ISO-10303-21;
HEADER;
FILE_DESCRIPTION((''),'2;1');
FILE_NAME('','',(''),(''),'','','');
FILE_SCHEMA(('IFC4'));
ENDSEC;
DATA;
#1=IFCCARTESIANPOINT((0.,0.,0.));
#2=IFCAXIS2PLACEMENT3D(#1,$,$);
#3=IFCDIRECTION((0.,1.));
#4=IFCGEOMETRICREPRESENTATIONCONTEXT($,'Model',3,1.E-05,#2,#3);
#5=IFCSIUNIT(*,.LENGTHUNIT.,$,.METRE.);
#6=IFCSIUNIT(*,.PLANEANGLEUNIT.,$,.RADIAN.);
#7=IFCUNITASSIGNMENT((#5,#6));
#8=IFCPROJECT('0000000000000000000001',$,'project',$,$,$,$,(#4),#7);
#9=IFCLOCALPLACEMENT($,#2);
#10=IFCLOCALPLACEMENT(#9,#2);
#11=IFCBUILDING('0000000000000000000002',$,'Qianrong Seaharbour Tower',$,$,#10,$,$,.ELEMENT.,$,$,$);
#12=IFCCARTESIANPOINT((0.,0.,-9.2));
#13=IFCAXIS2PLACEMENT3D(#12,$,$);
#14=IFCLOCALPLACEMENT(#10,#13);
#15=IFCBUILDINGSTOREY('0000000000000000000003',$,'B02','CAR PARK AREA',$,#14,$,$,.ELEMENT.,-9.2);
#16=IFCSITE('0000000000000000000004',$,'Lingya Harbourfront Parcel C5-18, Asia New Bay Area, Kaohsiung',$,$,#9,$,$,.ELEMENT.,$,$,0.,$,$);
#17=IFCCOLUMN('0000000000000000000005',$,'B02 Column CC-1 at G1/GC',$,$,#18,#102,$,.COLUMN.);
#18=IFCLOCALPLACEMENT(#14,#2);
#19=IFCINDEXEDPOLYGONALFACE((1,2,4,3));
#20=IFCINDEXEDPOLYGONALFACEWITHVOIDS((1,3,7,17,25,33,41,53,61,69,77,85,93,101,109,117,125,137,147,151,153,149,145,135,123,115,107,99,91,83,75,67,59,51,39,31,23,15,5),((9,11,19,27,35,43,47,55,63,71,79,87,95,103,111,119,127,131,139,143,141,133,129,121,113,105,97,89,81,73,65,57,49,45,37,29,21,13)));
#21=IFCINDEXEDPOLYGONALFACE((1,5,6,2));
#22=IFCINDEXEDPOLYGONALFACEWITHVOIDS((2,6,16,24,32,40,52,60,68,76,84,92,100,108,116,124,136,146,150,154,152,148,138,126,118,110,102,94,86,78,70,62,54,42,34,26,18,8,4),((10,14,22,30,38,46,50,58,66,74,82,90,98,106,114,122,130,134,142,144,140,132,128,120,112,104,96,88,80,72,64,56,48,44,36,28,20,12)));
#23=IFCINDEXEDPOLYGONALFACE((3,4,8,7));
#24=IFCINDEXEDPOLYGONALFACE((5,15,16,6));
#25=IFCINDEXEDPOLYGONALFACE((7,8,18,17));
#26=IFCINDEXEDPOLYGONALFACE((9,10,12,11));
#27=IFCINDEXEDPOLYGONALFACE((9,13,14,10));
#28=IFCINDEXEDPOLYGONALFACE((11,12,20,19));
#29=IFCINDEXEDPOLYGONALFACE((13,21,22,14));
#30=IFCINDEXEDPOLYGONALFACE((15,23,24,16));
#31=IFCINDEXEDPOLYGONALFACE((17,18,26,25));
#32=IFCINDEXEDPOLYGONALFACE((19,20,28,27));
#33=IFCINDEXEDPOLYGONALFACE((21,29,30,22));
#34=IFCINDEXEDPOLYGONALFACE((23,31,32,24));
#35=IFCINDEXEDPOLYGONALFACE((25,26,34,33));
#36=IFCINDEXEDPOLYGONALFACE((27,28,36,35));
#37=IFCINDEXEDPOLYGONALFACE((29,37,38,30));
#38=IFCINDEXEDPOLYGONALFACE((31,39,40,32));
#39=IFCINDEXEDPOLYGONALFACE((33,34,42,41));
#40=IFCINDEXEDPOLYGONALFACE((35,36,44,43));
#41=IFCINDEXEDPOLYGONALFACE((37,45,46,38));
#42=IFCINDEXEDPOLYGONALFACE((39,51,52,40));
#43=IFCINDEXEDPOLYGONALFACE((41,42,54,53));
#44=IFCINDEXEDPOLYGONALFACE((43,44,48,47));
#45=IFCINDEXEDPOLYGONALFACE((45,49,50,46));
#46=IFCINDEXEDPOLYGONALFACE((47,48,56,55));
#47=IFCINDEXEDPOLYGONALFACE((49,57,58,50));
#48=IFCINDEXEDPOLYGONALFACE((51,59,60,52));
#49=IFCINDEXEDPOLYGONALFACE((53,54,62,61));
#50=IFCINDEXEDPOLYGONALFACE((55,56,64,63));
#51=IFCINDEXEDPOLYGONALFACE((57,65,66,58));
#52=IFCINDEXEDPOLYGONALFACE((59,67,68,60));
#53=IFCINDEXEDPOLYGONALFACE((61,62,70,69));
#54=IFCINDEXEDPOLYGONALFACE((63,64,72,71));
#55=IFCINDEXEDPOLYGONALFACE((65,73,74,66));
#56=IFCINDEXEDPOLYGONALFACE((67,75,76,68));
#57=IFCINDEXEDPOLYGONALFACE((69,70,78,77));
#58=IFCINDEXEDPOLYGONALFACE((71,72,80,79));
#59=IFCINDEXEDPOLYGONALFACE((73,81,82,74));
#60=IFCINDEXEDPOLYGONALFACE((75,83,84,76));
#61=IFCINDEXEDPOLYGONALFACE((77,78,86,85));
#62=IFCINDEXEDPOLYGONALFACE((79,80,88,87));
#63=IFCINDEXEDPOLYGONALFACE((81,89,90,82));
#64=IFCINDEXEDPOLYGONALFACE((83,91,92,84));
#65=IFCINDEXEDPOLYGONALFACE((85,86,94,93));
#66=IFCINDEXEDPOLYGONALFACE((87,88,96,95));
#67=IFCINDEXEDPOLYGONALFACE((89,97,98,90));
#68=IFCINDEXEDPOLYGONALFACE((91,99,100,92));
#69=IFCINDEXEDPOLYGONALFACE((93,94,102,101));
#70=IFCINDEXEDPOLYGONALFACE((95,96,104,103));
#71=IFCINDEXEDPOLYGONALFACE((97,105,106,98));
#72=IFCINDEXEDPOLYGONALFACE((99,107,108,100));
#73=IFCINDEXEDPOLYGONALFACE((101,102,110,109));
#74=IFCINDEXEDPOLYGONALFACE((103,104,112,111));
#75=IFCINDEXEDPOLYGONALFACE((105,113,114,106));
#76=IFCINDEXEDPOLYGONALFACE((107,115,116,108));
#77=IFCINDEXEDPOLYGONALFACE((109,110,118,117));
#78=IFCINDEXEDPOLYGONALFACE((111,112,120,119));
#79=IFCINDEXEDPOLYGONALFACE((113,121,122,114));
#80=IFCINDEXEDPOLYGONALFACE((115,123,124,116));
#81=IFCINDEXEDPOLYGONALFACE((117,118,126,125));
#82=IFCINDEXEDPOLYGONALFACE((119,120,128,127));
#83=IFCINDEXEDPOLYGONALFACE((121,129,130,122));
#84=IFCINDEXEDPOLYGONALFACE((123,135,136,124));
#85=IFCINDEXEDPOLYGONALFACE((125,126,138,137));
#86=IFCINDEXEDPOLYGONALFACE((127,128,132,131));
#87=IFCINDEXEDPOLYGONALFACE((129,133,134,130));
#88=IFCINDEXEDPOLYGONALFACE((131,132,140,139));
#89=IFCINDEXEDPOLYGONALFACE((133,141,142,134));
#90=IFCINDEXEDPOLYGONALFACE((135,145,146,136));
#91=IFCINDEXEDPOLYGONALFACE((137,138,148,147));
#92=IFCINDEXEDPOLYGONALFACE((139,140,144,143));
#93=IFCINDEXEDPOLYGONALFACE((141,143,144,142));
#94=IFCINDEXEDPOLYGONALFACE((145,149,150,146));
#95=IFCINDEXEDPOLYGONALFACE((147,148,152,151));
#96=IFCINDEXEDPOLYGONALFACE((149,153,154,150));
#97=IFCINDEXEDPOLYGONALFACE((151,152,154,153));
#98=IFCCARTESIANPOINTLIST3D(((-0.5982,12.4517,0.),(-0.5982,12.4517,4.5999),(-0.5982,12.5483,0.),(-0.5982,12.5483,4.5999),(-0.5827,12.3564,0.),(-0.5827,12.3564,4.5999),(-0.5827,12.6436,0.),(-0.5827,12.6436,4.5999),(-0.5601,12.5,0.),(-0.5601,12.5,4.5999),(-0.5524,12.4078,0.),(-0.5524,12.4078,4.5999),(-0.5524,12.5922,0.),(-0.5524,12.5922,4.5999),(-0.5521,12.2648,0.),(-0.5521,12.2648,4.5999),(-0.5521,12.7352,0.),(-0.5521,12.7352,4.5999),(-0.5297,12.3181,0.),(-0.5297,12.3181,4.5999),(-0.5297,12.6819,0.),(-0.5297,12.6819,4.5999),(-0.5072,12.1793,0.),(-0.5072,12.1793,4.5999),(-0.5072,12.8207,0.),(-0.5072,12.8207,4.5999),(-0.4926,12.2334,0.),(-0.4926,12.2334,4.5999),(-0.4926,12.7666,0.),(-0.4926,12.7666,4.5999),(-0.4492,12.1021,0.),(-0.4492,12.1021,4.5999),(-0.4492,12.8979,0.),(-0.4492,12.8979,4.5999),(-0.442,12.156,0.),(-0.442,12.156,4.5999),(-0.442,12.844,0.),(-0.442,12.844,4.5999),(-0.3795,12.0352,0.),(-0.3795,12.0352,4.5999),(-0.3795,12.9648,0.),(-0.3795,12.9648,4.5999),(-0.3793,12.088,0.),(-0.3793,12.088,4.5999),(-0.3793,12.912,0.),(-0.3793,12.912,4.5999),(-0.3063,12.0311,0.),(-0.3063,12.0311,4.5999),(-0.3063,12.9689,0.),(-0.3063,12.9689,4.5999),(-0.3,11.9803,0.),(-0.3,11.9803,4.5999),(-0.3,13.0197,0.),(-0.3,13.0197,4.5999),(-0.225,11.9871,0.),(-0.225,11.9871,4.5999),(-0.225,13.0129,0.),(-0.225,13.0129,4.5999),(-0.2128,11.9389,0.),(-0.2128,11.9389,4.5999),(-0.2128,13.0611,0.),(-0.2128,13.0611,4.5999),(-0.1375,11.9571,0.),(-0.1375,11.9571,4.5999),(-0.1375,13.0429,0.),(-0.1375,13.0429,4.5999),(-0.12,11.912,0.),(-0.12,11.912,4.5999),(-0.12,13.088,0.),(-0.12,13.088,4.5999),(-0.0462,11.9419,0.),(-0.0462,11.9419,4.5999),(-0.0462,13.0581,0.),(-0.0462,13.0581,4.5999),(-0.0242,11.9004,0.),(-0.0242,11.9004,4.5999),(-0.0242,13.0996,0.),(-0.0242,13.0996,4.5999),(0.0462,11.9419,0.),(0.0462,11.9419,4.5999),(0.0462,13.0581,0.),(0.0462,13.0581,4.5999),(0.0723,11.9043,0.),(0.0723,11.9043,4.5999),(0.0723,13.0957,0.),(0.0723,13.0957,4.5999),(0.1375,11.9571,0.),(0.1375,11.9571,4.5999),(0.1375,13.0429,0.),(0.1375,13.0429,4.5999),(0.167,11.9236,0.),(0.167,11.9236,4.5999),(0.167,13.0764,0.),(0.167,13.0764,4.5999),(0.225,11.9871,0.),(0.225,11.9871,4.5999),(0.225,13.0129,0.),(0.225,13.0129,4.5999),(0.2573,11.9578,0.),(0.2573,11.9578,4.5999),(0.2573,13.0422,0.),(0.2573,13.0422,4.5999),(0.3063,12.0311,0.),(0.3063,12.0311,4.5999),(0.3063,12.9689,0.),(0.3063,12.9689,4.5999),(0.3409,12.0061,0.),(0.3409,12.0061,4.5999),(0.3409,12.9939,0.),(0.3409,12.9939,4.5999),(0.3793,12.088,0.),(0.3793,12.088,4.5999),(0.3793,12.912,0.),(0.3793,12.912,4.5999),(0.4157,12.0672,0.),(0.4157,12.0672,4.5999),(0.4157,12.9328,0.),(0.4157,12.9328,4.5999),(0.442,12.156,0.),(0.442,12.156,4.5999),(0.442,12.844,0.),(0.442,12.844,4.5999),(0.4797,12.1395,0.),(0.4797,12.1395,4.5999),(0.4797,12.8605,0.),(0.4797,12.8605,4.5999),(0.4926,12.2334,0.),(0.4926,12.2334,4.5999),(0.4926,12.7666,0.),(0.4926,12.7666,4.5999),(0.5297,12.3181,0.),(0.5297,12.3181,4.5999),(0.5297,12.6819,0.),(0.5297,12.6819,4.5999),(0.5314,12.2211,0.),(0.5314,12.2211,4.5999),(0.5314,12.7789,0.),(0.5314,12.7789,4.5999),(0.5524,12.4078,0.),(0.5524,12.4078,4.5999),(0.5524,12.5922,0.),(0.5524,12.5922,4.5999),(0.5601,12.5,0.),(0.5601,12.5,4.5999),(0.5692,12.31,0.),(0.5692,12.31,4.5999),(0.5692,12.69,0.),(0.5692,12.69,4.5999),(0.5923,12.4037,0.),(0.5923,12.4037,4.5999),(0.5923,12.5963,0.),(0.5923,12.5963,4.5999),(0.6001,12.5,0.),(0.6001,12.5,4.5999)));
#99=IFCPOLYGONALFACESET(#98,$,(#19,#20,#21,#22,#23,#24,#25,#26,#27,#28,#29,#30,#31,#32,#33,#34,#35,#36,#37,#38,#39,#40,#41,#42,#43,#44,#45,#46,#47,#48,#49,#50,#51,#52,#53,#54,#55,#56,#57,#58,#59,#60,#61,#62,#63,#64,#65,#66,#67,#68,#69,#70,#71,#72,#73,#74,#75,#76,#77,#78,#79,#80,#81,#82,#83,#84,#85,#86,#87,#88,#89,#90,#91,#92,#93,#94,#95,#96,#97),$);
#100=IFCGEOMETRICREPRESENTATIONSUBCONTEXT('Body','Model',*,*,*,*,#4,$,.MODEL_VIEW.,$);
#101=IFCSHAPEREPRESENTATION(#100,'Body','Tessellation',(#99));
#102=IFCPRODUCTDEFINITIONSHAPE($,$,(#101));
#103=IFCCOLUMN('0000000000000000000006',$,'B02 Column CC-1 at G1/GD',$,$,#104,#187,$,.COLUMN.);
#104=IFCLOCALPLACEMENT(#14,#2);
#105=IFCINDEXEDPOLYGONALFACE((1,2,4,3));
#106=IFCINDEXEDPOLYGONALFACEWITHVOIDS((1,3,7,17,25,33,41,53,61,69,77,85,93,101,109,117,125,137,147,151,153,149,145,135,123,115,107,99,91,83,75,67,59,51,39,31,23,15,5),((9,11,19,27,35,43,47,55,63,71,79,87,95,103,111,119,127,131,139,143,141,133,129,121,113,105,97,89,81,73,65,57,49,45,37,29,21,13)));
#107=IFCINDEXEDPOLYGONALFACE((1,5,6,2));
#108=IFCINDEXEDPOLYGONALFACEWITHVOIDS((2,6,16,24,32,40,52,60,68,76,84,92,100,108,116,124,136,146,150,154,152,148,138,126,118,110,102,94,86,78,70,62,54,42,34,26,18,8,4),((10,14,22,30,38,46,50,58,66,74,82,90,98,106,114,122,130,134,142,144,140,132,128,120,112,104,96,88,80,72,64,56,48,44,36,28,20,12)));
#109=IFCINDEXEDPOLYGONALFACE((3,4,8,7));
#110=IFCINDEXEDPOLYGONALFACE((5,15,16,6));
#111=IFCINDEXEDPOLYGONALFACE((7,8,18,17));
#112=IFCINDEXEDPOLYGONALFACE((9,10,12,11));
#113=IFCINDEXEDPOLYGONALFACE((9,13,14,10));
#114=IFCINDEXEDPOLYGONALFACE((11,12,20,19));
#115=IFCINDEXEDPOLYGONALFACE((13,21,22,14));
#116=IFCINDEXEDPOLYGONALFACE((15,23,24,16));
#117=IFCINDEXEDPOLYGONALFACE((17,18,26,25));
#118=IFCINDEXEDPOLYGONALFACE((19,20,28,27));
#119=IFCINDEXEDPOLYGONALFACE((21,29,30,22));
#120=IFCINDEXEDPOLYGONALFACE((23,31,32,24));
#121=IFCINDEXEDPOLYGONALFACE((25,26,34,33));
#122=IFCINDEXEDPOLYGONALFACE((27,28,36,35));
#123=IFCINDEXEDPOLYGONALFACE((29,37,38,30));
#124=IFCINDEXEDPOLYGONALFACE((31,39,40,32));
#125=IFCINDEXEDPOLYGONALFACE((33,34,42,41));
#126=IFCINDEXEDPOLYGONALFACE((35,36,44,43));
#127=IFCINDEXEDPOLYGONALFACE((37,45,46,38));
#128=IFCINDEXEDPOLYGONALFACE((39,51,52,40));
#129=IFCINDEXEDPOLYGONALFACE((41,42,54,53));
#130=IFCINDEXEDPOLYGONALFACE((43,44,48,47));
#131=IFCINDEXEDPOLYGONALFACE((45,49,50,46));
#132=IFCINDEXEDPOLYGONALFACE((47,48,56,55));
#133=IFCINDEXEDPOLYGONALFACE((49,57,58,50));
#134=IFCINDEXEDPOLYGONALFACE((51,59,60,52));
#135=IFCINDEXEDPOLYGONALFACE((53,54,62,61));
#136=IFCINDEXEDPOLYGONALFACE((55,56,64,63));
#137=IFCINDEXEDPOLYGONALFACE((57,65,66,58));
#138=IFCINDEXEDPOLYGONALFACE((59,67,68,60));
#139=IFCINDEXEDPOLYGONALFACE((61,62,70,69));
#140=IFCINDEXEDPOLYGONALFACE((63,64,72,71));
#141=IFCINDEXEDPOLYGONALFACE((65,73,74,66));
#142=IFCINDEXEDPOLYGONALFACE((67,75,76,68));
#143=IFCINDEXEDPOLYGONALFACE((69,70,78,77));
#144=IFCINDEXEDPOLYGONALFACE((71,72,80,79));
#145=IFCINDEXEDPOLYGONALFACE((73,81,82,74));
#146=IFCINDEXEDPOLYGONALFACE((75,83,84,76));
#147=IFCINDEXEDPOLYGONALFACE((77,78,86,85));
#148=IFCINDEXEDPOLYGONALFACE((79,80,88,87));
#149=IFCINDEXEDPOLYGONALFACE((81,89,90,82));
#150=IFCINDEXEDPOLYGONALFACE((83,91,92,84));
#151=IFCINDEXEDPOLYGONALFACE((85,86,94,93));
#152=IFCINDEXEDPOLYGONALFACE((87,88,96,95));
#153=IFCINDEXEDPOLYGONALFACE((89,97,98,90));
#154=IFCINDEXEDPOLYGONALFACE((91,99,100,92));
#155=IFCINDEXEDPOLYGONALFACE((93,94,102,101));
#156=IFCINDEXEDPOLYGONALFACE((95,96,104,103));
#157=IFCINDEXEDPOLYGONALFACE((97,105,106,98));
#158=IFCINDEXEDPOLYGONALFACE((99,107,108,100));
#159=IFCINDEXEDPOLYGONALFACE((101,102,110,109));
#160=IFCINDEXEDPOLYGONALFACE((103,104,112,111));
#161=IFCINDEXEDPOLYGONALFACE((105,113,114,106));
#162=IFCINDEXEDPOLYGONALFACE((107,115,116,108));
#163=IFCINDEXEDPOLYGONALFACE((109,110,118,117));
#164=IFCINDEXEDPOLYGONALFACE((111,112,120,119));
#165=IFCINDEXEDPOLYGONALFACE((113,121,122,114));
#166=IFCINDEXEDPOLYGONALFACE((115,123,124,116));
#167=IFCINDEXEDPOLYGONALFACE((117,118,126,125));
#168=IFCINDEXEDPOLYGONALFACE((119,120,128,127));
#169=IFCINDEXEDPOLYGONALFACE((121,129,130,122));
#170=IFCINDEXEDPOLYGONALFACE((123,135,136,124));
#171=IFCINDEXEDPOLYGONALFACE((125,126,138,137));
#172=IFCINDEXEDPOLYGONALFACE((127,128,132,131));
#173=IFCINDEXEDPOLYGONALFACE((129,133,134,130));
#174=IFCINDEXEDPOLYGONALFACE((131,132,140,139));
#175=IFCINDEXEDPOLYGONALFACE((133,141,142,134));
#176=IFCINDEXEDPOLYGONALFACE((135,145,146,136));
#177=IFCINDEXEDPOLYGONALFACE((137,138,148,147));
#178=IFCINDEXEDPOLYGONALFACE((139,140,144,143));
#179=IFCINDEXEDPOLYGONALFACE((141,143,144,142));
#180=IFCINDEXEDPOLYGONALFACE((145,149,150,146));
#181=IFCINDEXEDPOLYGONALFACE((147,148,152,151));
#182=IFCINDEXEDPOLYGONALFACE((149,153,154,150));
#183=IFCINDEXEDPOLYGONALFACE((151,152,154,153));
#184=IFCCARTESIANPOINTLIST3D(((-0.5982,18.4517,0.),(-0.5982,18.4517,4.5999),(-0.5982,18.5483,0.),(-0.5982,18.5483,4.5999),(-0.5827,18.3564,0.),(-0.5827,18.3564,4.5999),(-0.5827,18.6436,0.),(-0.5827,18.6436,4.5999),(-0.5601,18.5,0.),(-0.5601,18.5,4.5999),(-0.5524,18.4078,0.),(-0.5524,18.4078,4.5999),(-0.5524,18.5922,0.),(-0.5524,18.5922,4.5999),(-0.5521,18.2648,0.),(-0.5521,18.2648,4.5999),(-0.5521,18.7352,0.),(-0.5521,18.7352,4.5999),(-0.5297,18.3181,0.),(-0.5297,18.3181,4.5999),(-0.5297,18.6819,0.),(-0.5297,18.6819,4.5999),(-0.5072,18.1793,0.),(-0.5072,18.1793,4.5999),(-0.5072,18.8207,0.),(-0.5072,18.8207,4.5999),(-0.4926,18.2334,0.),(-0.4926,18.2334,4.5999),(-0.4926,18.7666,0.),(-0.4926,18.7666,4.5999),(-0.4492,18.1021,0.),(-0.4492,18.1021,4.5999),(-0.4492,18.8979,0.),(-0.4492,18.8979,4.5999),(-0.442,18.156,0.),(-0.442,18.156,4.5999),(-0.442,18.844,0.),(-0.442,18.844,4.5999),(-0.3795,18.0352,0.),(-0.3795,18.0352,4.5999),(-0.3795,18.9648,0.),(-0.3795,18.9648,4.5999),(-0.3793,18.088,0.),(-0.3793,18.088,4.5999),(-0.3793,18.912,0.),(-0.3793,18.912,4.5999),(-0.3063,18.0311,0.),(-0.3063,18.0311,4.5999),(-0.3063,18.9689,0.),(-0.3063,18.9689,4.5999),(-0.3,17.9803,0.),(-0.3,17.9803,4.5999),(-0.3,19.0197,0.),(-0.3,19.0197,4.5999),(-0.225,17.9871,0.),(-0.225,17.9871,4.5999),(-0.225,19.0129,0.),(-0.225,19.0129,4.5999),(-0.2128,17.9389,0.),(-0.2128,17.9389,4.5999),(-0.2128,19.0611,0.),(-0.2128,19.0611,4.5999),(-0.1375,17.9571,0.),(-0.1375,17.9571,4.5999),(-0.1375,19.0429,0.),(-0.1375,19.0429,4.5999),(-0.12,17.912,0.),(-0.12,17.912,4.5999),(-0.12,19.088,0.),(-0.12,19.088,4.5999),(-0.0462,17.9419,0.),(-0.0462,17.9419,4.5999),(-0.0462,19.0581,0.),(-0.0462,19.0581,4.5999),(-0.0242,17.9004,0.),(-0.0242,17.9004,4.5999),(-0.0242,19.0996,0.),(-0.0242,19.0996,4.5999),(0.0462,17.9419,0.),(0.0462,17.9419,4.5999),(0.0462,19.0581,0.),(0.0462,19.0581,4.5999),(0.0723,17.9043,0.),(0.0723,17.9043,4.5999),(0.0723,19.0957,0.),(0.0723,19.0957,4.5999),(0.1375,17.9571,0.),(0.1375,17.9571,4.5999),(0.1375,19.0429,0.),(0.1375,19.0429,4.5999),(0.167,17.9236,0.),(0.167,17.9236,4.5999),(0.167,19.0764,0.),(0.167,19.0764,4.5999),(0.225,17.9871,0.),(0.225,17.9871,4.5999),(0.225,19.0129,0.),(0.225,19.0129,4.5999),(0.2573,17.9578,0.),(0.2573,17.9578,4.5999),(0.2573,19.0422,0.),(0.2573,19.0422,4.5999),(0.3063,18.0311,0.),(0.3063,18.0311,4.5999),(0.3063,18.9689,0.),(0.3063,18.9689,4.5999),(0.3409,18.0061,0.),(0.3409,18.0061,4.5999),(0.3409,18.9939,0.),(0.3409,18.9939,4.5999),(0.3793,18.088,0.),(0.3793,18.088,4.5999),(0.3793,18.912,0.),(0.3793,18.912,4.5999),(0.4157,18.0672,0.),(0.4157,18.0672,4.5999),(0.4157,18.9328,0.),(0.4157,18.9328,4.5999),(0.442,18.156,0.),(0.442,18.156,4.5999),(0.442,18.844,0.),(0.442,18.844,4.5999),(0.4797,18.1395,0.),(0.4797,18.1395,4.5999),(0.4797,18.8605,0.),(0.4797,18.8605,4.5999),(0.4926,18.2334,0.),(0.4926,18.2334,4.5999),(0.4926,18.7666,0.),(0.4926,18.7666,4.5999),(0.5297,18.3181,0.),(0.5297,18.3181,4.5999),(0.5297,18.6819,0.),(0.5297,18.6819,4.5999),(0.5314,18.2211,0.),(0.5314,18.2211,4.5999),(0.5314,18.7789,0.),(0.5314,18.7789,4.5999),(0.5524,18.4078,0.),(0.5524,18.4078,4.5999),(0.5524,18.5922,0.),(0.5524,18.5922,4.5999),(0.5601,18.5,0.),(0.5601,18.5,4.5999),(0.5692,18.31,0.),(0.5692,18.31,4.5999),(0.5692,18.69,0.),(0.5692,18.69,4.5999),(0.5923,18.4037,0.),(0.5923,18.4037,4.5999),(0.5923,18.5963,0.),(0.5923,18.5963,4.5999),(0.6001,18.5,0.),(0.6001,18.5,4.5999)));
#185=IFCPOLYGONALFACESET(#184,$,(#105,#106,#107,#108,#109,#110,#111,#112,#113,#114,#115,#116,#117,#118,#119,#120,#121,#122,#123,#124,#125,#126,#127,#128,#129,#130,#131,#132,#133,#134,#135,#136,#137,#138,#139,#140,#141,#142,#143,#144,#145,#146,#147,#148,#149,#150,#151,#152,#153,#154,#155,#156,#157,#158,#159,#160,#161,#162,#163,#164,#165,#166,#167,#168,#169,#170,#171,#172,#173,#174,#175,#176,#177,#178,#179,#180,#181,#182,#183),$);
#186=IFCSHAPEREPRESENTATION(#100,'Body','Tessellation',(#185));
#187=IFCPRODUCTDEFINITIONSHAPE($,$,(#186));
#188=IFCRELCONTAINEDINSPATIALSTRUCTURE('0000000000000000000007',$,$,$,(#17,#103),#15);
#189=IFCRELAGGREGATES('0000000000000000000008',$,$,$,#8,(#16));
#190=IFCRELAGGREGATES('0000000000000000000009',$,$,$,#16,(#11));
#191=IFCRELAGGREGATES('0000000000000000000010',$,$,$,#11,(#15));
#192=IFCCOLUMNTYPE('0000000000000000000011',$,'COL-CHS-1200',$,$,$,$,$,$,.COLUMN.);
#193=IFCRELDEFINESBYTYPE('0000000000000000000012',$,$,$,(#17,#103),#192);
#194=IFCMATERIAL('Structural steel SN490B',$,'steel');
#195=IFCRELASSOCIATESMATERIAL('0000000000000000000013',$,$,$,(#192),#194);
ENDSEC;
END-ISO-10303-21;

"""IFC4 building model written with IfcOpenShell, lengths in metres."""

from ifc_helpers import new_model, si_unit, direction, frame, origin, origin_2d, place, context, subcontext, project, spatial, hollow_circle, extrude, material, material_profile, profile_set, type_object, element, save


model = new_model("IFC4")

# Units and contexts
model_context = context("Model", 3, precision=1e-05, world=origin(), true_north=direction((0.0, 1.0)))
body_context = subcontext(model_context, "Body", "Model", "MODEL_VIEW")
ifc_project = project(units=[si_unit("LENGTHUNIT", "METRE"), si_unit("PLANEANGLEUNIT", "RADIAN")], contexts=[model_context])

# Site, building, storey
site_placement = place(None, origin())
site = spatial("IfcSite", under=ifc_project, at=site_placement, Name="Lingya Harbourfront Parcel C5-18, Asia New Bay Area, Kaohsiung", CompositionType="ELEMENT", RefElevation=0.0)
building_placement = place(site_placement, origin())
building = spatial("IfcBuilding", under=site, at=building_placement, Name="Qianrong Seaharbour Tower", CompositionType="ELEMENT")
storey_placement = place(building_placement, frame((0.0, 0.0, -9.2)))
storey = spatial("IfcBuildingStorey", under=building, at=storey_placement, Name="B02", Description="CAR PARK AREA", CompositionType="ELEMENT", Elevation=-9.2)

# Columns
ifc_material_1 = material(Name="Structural steel SN490B", Category="steel")
ifc_material_profile_1 = material_profile(ifc_material_1, hollow_circle(Radius=0.6001, WallThickness=0.04, at=origin_2d()), Name="CHS1200x40")
ifc_profile_set_1 = profile_set([ifc_material_profile_1], Name="Structural steel SN490B")
column_type_1 = type_object("IfcColumnType", Name="COL-CHS-1200", PredefinedType="COLUMN", material=ifc_profile_set_1)
for number, where, z_axis, x_axis, name in (
    (1, (0.0, 12.5, 0.0), (0.0, 0.0, 1.0), (1.0, 0.0, 0.0), "B02 Column CC-1 at G1/GC"),
    (2, (0.0, 18.5, 0.0), (0.0, 0.0, 1.0), (1.0, 0.0, 0.0), "B02 Column CC-1 at G1/GD"),
):
    element("IfcColumn", number, at=place(storey_placement, frame(where, z_axis=z_axis, x_axis=x_axis)), inside=storey, type_object=column_type_1, Name=name, PredefinedType="COLUMN", context=body_context, shape_type="SweptSolid", body=[
        extrude(hollow_circle(Radius=0.6001, WallThickness=0.04, at=origin_2d()), origin(), (0.0, 0.0, 1.0), 4.5999),
    ])

save(model, "model.ifc")
